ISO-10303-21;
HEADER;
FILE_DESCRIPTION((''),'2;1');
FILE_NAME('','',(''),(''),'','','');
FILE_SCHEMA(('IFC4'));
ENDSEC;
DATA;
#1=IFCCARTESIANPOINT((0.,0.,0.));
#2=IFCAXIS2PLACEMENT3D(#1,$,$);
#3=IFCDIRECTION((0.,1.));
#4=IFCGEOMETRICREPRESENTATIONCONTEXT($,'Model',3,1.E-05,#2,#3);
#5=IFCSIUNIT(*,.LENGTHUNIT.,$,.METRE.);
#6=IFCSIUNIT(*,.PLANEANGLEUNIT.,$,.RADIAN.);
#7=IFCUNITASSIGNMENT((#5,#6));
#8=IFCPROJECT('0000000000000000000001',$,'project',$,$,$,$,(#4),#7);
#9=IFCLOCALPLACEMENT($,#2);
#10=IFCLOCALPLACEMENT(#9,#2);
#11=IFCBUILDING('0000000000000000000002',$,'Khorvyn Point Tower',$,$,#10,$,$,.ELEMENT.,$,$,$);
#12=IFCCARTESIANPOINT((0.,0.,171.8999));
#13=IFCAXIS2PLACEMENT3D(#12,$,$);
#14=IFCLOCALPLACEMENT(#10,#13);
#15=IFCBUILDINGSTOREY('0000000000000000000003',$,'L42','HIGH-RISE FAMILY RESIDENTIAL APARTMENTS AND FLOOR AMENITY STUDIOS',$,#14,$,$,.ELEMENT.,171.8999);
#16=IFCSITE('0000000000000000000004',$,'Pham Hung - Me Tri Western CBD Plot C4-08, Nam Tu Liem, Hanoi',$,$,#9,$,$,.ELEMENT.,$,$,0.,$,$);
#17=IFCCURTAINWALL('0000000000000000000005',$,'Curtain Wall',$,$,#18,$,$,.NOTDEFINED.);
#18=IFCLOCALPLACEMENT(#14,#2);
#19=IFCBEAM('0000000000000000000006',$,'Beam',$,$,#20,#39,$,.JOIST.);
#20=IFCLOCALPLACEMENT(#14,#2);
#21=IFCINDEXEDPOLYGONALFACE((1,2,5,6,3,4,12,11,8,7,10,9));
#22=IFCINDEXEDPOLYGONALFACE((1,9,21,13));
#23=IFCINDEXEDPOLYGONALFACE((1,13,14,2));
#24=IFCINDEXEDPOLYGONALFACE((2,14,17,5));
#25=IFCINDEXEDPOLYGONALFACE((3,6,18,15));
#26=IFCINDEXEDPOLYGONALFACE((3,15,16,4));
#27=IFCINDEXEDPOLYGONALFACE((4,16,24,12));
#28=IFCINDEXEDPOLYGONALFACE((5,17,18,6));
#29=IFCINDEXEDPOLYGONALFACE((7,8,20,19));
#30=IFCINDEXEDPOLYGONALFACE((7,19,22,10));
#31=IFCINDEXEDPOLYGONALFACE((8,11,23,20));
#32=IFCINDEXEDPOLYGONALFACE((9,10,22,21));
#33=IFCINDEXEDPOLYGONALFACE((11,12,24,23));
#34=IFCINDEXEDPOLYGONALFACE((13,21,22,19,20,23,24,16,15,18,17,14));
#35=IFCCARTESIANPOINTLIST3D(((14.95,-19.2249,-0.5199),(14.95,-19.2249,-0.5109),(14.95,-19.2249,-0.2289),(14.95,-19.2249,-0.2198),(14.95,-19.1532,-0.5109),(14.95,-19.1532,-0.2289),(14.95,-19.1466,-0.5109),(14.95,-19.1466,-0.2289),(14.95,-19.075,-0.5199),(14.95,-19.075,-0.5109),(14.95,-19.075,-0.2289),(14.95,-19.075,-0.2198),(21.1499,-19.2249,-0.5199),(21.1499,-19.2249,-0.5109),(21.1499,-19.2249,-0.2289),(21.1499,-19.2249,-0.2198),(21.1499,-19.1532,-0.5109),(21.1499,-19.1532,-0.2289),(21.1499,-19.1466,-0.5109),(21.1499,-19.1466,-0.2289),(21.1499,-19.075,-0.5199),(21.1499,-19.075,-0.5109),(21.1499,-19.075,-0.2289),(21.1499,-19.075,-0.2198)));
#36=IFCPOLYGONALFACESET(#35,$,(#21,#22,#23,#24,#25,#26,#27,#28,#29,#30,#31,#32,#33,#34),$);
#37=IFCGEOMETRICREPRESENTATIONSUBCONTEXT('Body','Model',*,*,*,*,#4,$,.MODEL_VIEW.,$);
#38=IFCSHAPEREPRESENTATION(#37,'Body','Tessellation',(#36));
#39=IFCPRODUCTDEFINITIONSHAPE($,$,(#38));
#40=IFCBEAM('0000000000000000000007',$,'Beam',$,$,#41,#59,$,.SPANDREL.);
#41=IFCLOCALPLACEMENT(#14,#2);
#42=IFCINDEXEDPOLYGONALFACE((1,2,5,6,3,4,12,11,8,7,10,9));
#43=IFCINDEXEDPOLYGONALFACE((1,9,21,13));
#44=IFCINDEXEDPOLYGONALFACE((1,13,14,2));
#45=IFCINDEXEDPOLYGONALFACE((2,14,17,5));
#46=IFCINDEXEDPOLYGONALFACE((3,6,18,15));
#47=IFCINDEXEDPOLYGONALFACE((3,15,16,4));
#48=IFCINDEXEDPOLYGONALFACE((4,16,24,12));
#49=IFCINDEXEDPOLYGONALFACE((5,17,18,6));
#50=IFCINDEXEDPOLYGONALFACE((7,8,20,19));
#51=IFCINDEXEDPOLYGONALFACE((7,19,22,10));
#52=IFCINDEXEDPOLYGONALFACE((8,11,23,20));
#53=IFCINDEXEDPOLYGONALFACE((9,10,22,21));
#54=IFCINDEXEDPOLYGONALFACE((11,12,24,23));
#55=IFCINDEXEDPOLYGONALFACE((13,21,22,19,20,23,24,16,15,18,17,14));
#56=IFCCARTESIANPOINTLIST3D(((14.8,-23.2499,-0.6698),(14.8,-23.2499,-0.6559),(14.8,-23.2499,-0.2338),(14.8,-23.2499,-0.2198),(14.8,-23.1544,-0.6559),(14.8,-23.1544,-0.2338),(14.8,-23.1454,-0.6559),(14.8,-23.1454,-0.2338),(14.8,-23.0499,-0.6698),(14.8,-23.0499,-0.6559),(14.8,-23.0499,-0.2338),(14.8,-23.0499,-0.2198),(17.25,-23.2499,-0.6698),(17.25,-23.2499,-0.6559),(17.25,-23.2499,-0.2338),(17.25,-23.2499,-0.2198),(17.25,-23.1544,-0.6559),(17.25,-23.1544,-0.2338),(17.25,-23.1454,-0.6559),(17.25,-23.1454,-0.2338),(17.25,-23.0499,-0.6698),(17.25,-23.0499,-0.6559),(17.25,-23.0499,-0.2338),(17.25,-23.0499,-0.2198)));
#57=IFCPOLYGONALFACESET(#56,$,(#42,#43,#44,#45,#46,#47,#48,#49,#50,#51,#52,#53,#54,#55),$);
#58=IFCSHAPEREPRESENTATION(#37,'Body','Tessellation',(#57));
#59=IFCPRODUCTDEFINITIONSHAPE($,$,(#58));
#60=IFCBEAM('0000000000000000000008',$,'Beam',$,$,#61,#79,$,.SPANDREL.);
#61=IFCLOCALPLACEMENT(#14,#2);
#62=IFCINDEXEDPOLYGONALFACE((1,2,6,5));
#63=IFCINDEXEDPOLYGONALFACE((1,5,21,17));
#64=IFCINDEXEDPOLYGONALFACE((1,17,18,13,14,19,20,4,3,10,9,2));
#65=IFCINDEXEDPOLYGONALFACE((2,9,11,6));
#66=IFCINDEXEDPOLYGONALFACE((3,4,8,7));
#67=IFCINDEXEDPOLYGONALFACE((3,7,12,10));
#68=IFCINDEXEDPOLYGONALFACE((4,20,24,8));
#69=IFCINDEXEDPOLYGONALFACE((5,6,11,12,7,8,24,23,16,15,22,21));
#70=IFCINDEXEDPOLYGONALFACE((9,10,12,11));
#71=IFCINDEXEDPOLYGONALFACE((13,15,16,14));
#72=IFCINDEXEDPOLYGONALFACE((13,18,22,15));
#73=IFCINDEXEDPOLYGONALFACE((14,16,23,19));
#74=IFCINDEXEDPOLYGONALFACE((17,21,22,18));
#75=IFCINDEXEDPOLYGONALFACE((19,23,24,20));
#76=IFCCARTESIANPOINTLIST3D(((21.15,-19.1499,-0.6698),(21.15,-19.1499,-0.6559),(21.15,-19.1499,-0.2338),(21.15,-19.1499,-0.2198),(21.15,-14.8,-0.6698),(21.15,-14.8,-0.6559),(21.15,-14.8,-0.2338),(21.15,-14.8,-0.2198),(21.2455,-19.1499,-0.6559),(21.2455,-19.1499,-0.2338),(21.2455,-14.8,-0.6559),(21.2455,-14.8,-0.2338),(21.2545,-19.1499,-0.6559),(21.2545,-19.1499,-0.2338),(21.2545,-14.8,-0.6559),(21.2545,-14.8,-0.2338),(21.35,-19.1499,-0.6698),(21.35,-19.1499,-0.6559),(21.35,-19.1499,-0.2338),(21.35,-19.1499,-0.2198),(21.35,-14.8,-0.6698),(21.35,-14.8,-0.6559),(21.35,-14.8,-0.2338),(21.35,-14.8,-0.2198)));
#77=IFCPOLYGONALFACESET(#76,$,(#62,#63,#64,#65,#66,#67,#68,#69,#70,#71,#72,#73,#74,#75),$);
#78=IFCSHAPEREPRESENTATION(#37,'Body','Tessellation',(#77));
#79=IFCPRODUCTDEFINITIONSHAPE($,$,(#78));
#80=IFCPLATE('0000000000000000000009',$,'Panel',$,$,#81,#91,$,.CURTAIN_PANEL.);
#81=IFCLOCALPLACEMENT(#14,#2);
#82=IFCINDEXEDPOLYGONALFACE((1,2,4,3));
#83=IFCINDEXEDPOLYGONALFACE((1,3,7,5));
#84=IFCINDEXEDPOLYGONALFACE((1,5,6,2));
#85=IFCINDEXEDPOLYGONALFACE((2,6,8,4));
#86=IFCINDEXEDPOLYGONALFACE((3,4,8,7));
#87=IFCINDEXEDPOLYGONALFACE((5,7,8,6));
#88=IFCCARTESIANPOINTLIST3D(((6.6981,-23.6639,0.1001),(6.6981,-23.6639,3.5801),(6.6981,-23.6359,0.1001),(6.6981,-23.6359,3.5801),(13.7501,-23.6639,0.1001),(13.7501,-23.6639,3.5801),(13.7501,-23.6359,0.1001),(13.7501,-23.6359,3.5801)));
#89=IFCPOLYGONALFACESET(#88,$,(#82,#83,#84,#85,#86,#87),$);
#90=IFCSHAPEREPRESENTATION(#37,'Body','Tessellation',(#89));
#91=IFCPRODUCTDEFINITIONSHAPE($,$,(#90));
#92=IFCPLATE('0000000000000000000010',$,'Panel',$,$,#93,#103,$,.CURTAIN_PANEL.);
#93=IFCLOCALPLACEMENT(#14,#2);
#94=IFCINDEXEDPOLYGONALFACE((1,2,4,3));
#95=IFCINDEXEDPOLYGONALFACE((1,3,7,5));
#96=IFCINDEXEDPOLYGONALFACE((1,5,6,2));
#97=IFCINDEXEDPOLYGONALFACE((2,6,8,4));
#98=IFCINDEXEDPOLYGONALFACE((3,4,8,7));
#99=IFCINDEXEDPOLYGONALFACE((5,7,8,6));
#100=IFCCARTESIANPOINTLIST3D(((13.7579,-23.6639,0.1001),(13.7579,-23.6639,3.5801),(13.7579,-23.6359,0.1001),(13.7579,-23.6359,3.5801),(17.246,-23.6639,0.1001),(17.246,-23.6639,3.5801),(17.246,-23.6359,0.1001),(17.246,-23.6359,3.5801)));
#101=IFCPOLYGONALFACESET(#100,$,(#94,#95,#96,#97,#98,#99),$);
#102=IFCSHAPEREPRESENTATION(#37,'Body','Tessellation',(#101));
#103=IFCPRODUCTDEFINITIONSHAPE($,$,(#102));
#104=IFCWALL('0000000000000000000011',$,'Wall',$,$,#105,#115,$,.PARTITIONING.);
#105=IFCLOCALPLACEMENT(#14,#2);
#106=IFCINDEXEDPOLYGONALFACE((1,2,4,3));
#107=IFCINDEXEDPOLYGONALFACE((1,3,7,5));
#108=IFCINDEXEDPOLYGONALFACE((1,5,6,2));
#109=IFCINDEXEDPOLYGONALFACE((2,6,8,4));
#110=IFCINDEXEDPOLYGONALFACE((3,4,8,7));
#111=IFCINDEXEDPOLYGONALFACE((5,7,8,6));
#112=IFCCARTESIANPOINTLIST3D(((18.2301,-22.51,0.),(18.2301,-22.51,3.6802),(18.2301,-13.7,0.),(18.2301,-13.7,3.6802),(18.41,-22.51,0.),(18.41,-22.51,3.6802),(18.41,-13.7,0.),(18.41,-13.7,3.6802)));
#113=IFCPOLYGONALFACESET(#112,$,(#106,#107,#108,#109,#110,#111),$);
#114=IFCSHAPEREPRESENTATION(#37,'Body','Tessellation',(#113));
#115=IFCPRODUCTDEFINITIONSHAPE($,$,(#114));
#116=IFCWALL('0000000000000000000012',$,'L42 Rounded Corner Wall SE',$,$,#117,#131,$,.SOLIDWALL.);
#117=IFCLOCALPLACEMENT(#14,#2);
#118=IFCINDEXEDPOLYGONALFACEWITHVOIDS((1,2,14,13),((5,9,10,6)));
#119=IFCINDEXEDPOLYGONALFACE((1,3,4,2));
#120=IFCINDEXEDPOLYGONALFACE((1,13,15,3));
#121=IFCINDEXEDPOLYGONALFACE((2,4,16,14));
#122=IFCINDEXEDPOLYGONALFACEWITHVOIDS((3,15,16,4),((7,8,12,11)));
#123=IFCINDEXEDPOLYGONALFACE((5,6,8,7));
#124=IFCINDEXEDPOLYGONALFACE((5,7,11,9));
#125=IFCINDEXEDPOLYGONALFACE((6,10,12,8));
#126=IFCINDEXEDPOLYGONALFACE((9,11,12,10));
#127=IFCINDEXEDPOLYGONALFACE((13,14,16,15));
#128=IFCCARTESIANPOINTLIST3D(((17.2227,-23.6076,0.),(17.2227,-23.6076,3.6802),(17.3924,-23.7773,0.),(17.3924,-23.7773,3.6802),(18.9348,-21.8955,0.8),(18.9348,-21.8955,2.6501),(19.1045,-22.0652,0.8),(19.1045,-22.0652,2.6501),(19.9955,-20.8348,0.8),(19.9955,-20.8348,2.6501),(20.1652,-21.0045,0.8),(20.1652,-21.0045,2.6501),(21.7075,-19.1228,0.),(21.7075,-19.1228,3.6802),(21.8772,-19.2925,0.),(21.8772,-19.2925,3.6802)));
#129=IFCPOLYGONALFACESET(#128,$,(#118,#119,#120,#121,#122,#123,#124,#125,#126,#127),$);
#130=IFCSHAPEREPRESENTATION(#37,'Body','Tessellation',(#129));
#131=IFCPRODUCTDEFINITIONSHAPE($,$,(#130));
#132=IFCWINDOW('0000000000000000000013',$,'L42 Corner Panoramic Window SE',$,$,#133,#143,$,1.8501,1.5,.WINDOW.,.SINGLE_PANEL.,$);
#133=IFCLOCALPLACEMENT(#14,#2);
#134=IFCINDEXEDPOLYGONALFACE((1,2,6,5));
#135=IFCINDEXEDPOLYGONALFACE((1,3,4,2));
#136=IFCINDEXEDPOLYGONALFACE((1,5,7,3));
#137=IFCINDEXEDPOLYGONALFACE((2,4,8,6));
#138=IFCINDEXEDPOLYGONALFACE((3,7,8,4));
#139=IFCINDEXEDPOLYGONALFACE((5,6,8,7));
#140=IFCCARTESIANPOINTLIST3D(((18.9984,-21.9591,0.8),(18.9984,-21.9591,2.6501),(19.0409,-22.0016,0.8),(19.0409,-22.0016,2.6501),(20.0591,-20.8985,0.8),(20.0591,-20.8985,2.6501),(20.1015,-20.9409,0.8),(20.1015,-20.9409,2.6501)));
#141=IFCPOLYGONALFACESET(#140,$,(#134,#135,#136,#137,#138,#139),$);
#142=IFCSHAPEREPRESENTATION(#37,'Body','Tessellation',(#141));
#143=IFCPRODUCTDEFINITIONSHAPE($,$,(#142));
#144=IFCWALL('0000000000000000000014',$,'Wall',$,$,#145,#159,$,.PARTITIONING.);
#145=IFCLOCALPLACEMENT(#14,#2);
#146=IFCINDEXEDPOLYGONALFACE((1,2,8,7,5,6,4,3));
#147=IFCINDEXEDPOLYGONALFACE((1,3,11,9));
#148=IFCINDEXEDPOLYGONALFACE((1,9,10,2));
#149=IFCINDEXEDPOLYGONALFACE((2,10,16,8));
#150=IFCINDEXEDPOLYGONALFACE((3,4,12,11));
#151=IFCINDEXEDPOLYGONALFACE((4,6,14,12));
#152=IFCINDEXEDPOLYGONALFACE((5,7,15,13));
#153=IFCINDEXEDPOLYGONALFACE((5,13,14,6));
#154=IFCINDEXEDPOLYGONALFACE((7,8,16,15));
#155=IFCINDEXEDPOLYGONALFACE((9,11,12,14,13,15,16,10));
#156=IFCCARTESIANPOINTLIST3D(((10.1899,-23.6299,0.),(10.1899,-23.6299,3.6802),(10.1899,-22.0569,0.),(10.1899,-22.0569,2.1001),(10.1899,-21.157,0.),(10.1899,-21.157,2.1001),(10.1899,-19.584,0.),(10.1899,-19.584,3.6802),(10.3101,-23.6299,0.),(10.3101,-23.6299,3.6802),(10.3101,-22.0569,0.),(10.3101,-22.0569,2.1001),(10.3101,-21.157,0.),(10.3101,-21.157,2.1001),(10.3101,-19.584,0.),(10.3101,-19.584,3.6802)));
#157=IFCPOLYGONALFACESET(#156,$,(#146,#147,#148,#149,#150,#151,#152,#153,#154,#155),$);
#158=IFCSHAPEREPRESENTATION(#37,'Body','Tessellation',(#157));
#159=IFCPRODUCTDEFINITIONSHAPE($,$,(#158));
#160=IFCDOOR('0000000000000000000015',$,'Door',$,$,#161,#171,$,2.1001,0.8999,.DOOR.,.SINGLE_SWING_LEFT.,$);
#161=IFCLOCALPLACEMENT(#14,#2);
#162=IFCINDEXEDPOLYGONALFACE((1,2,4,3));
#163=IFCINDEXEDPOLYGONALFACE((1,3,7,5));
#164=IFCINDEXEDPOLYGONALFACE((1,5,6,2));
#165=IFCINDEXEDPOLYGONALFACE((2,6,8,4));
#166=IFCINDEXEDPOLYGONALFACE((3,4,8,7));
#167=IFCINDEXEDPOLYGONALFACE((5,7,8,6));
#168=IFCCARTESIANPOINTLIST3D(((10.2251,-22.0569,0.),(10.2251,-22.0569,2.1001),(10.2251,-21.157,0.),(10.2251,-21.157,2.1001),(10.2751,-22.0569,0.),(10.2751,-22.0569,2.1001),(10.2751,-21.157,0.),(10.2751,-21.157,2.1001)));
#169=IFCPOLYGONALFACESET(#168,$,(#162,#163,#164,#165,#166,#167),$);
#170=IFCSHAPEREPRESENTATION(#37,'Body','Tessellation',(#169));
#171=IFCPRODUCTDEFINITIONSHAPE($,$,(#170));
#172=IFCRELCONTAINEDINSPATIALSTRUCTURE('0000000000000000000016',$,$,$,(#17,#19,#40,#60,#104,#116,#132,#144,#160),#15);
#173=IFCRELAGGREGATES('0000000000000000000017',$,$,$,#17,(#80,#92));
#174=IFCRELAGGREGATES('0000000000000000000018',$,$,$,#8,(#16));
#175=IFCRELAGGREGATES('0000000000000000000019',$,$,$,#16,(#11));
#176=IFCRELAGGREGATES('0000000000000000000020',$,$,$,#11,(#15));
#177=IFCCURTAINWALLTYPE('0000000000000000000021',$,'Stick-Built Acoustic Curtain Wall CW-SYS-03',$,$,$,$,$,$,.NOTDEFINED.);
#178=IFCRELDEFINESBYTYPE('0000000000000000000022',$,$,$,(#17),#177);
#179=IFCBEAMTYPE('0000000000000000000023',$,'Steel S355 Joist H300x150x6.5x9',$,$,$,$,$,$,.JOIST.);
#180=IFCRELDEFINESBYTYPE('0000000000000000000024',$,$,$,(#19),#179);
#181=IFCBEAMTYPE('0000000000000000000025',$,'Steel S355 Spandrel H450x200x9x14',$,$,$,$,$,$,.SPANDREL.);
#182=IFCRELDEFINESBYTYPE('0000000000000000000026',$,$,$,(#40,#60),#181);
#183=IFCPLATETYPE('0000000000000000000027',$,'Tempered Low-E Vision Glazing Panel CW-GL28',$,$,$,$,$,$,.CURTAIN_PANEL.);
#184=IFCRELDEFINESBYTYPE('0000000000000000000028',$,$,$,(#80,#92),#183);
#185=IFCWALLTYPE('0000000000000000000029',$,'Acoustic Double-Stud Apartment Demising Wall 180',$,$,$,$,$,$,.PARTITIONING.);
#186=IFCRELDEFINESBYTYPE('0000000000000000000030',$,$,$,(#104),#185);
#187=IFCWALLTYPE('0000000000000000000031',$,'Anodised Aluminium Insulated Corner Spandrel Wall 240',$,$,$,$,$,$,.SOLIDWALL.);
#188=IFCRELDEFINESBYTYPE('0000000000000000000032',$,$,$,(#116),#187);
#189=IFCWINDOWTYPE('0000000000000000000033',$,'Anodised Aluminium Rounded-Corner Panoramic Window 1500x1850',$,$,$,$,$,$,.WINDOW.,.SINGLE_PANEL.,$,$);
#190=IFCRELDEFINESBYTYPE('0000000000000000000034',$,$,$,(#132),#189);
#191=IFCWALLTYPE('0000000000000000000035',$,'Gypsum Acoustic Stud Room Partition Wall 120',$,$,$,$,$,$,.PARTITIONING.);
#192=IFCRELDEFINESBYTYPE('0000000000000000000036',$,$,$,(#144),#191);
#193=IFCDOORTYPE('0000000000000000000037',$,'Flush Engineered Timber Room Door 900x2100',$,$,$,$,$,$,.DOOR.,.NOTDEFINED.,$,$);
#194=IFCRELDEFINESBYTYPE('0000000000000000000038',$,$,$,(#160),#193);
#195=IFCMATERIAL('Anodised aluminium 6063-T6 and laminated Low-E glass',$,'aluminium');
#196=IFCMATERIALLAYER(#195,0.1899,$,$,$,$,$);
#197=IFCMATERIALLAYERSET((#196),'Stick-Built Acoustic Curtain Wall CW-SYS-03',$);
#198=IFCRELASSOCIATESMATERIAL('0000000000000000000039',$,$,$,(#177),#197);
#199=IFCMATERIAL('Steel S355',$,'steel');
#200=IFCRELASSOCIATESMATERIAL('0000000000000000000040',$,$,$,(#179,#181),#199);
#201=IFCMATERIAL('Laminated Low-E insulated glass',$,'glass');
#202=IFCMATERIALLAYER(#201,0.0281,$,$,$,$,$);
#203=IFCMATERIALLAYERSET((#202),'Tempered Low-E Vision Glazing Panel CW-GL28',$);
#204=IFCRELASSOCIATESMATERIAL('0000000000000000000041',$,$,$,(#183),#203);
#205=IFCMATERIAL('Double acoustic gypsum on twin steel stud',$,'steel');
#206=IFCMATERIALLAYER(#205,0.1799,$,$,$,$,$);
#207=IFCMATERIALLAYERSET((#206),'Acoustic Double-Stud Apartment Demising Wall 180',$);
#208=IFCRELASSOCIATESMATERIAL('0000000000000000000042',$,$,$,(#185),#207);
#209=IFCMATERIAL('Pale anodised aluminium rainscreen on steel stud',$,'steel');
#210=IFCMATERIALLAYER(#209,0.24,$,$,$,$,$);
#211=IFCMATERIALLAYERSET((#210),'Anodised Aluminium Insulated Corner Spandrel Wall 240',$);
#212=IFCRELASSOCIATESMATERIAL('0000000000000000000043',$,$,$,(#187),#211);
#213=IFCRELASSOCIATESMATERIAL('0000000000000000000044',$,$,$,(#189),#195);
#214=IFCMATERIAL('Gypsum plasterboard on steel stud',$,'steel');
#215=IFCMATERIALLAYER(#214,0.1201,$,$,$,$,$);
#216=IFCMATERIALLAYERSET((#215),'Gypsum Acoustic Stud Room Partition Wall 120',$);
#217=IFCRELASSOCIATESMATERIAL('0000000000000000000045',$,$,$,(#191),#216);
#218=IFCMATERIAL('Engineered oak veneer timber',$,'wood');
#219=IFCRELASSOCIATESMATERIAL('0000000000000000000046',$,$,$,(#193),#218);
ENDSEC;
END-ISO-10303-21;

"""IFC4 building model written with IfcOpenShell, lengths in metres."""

from ifc_helpers import new_model, si_unit, direction, frame, frame_2d, origin, origin_2d, place, context, subcontext, project, spatial, rectangle, i_section, extrude, material, layer, layer_set, material_profile, profile_set, type_object, element, fill, aggregate, save


model = new_model("IFC4")

# Units and contexts
model_context = context("Model", 3, precision=1e-05, world=origin(), true_north=direction((0.0, 1.0)))
body_context = subcontext(model_context, "Body", "Model", "MODEL_VIEW")
ifc_project = project(units=[si_unit("LENGTHUNIT", "METRE"), si_unit("PLANEANGLEUNIT", "RADIAN")], contexts=[model_context])

# Site, building, storey
site_placement = place(None, origin())
site = spatial("IfcSite", under=ifc_project, at=site_placement, Name="Pham Hung - Me Tri Western CBD Plot C4-08, Nam Tu Liem, Hanoi", CompositionType="ELEMENT", RefElevation=0.0)
building_placement = place(site_placement, origin())
building = spatial("IfcBuilding", under=site, at=building_placement, Name="Khorvyn Point Tower", CompositionType="ELEMENT")
storey_placement = place(building_placement, frame((0.0, 0.0, 171.8999)))
storey = spatial("IfcBuildingStorey", under=building, at=storey_placement, Name="L42", Description="HIGH-RISE FAMILY RESIDENTIAL APARTMENTS AND FLOOR AMENITY STUDIOS", CompositionType="ELEMENT", Elevation=171.8999)

# Curtain wall
ifc_material_1 = material(Name="Anodised aluminium 6063-T6 and laminated Low-E glass", Category="aluminium")
ifc_layer_1 = layer(ifc_material_1, 0.1899)
ifc_layer_set_1 = layer_set([ifc_layer_1], Name="Stick-Built Acoustic Curtain Wall CW-SYS-03")
curtain_wall_type = type_object("IfcCurtainWallType", Name="Stick-Built Acoustic Curtain Wall CW-SYS-03", PredefinedType="NOTDEFINED", material=ifc_layer_set_1)
curtain_wall_1_placement = place(storey_placement, origin())
curtain_wall_1 = element("IfcCurtainWall", 1, at=curtain_wall_1_placement, inside=storey, type_object=curtain_wall_type, Name="Curtain Wall", PredefinedType="NOTDEFINED")

# Beams
ifc_material_2 = material(Name="Steel S355", Category="steel")
ifc_material_profile_1 = material_profile(ifc_material_2, i_section(OverallWidth=0.1499, OverallDepth=0.3, WebThickness=0.0066, FlangeThickness=0.009, at=origin_2d()))
ifc_profile_set_1 = profile_set([ifc_material_profile_1], Name="Steel S355 H300x150x6.5x9")
beam_type_1 = type_object("IfcBeamType", Name="Steel S355 Joist H300x150x6.5x9", PredefinedType="JOIST", material=ifc_profile_set_1)
beam_1_placement = place(storey_placement, frame((14.95, -19.1499, -0.3699), z_axis=(1.0, 0.0, 0.0), x_axis=(0.0, 1.0, 0.0)))
element("IfcBeam", 2, at=beam_1_placement, inside=storey, type_object=beam_type_1, Name="Beam", PredefinedType="JOIST", context=body_context, shape_type="SweptSolid", body=[
    extrude(i_section(OverallWidth=0.1499, OverallDepth=0.3, WebThickness=0.0066, FlangeThickness=0.009, at=origin_2d()), origin(), (0.0, 0.0, 1.0), 6.2),
])
ifc_material_profile_2 = material_profile(ifc_material_2, i_section(OverallWidth=0.2, OverallDepth=0.45, WebThickness=0.009, FlangeThickness=0.0139, at=origin_2d()))
ifc_profile_set_2 = profile_set([ifc_material_profile_2], Name="Steel S355 H450x200x9x14")
beam_type_2 = type_object("IfcBeamType", Name="Steel S355 Spandrel H450x200x9x14", PredefinedType="SPANDREL", material=ifc_profile_set_2)
beam_2_placement = place(storey_placement, frame((14.8, -23.1499, -0.4448), z_axis=(1.0, 0.0, 0.0), x_axis=(0.0, 1.0, 0.0)))
element("IfcBeam", 3, at=beam_2_placement, inside=storey, type_object=beam_type_2, Name="Beam", PredefinedType="SPANDREL", context=body_context, shape_type="SweptSolid", body=[
    extrude(i_section(OverallWidth=0.2, OverallDepth=0.45, WebThickness=0.009, FlangeThickness=0.0139, at=origin_2d()), origin(), (0.0, 0.0, 1.0), 2.45),
])
beam_3_placement = place(storey_placement, frame((21.25, -19.1499, -0.4448), z_axis=(0.0, 1.0, 0.0), x_axis=(-1.0, 0.0, 0.0)))
element("IfcBeam", 4, at=beam_3_placement, inside=storey, type_object=beam_type_2, Name="Beam", PredefinedType="SPANDREL", context=body_context, shape_type="SweptSolid", body=[
    extrude(i_section(OverallWidth=0.2, OverallDepth=0.45, WebThickness=0.009, FlangeThickness=0.0139, at=origin_2d()), origin(), (0.0, 0.0, 1.0), 4.3499),
])

# Plates
ifc_material_3 = material(Name="Laminated Low-E insulated glass", Category="glass")
ifc_layer_2 = layer(ifc_material_3, 0.0281)
ifc_layer_set_2 = layer_set([ifc_layer_2], Name="Tempered Low-E Vision Glazing Panel CW-GL28")
plate_type = type_object("IfcPlateType", Name="Tempered Low-E Vision Glazing Panel CW-GL28", PredefinedType="CURTAIN_PANEL", material=ifc_layer_set_2)
plate_1_placement = place(storey_placement, frame((10.2241, -23.6499, 0.1001), z_axis=(0.0, 0.0, 1.0), x_axis=(-1.0, 0.0, 0.0)))
plate_1 = element("IfcPlate", 5, at=plate_1_placement, type_object=plate_type, Name="Panel", PredefinedType="CURTAIN_PANEL", context=body_context, shape_type="SweptSolid", body=[
    extrude(rectangle(XDim=7.052, YDim=0.0281, at=origin_2d()), origin(), (0.0, 0.0, 1.0), 3.48),
])
plate_2_placement = place(storey_placement, frame((15.502, -23.6499, 0.1001), z_axis=(0.0, 0.0, 1.0), x_axis=(-1.0, 0.0, 0.0)))
plate_2 = element("IfcPlate", 6, at=plate_2_placement, type_object=plate_type, Name="Panel", PredefinedType="CURTAIN_PANEL", context=body_context, shape_type="SweptSolid", body=[
    extrude(rectangle(XDim=3.488, YDim=0.0281, at=origin_2d()), origin(), (0.0, 0.0, 1.0), 3.48),
])
aggregate(curtain_wall_1, [plate_1, plate_2])

# Wall
ifc_material_4 = material(Name="Double acoustic gypsum on twin steel stud", Category="steel")
ifc_layer_3 = layer(ifc_material_4, 0.1799)
ifc_layer_set_3 = layer_set([ifc_layer_3], Name="Acoustic Double-Stud Apartment Demising Wall 180")
wall_type_1 = type_object("IfcWallType", Name="Acoustic Double-Stud Apartment Demising Wall 180", PredefinedType="PARTITIONING", material=ifc_layer_set_3)
wall_1_placement = place(storey_placement, frame((18.3201, -22.51, 0.0), z_axis=(0.0, 0.0, 1.0), x_axis=(0.0, 1.0, 0.0)))
element("IfcWall", 7, at=wall_1_placement, inside=storey, type_object=wall_type_1, Name="Wall", PredefinedType="PARTITIONING", context=body_context, shape_type="SweptSolid", body=[
    extrude(rectangle(XDim=8.8101, YDim=0.1799, at=frame_2d((4.405, 0.0))), origin(), (0.0, 0.0, 1.0), 3.6802),
])

# Wall, opening, window
ifc_material_5 = material(Name="Pale anodised aluminium rainscreen on steel stud", Category="steel")
ifc_layer_4 = layer(ifc_material_5, 0.24)
ifc_layer_set_4 = layer_set([ifc_layer_4], Name="Anodised Aluminium Insulated Corner Spandrel Wall 240")
wall_type_2 = type_object("IfcWallType", Name="Anodised Aluminium Insulated Corner Spandrel Wall 240", PredefinedType="SOLIDWALL", material=ifc_layer_set_4)
wall_2_placement = place(storey_placement, frame((21.7925, -19.2075, 0.0), z_axis=(0.0, 0.0, 1.0), x_axis=(-0.707107, -0.707107, 0.0)))
wall_2 = element("IfcWall", 8, at=wall_2_placement, inside=storey, type_object=wall_type_2, Name="L42 Rounded Corner Wall SE", PredefinedType="SOLIDWALL", context=body_context, shape_type="SweptSolid", body=[
    extrude(rectangle(XDim=6.3425, YDim=0.24, at=frame_2d((3.1714, 0.0))), origin(), (0.0, 0.0, 1.0), 3.6802),
])
opening_1_placement = place(wall_2_placement, frame((2.4214, 0.0, 0.8)))
opening_1 = element("IfcOpeningElement", 9, at=opening_1_placement, cuts=wall_2, PredefinedType="OPENING", context=body_context, shape_type="SweptSolid", body=[
    extrude(rectangle(XDim=1.5, YDim=1.8501, at=frame_2d((0.75, 0.925))), frame((0.0, 0.1299, 0.0), z_axis=(0.0, -1.0, 0.0), x_axis=(1.0, 0.0, 0.0)), (0.0, 0.0, 1.0), 0.26),
])
window_type = type_object("IfcWindowType", Name="Anodised Aluminium Rounded-Corner Panoramic Window 1500x1850", PartitioningType="SINGLE_PANEL", PredefinedType="WINDOW", material=ifc_material_1)
window_placement = place(opening_1_placement, origin())
window = element("IfcWindow", 10, at=window_placement, inside=storey, type_object=window_type, Name="L42 Corner Panoramic Window SE", OverallHeight=1.8501, OverallWidth=1.5, PartitioningType="SINGLE_PANEL", PredefinedType="WINDOW", context=body_context, shape_type="SweptSolid", body=[
    extrude(rectangle(XDim=1.5, YDim=1.8501, at=frame_2d((0.75, 0.925))), frame((0.0, 0.03, 0.0), z_axis=(0.0, -1.0, 0.0), x_axis=(1.0, 0.0, 0.0)), (0.0, 0.0, 1.0), 0.0601),
])
fill(opening_1, window)

# Wall, opening, door
ifc_material_6 = material(Name="Gypsum plasterboard on steel stud", Category="steel")
ifc_layer_5 = layer(ifc_material_6, 0.1201)
ifc_layer_set_5 = layer_set([ifc_layer_5], Name="Gypsum Acoustic Stud Room Partition Wall 120")
wall_type_3 = type_object("IfcWallType", Name="Gypsum Acoustic Stud Room Partition Wall 120", PredefinedType="PARTITIONING", material=ifc_layer_set_5)
wall_3_placement = place(storey_placement, frame((10.25, -23.6299, 0.0), z_axis=(0.0, 0.0, 1.0), x_axis=(0.0, 1.0, 0.0)))
wall_3 = element("IfcWall", 11, at=wall_3_placement, inside=storey, type_object=wall_type_3, Name="Wall", PredefinedType="PARTITIONING", context=body_context, shape_type="SweptSolid", body=[
    extrude(rectangle(XDim=4.0459, YDim=0.1201, at=frame_2d((2.0229, 0.0))), origin(), (0.0, 0.0, 1.0), 3.6802),
])
opening_2_placement = place(wall_3_placement, frame((1.573, 0.0, 0.0)))
opening_2 = element("IfcOpeningElement", 12, at=opening_2_placement, cuts=wall_3, PredefinedType="OPENING", context=body_context, shape_type="SweptSolid", body=[
    extrude(rectangle(XDim=0.8999, YDim=2.1001, at=frame_2d((0.45, 1.05))), frame((0.0, 0.0701, 0.0), z_axis=(0.0, -1.0, 0.0), x_axis=(1.0, 0.0, 0.0)), (0.0, 0.0, 1.0), 0.1401),
])
ifc_material_7 = material(Name="Engineered oak veneer timber", Category="wood")
door_type_1 = type_object("IfcDoorType", Name="Flush Engineered Timber Room Door 900x2100", OperationType="NOTDEFINED", PredefinedType="DOOR", material=ifc_material_7)
door_1_placement = place(opening_2_placement, origin())
door_1 = element("IfcDoor", 13, at=door_1_placement, inside=storey, type_object=door_type_1, Name="Door", OperationType="SINGLE_SWING_LEFT", OverallHeight=2.1001, OverallWidth=0.8999, PredefinedType="DOOR", context=body_context, shape_type="SweptSolid", body=[
    extrude(rectangle(XDim=0.8999, YDim=2.1001, at=frame_2d((0.45, 1.05))), frame((0.0, 0.0249, 0.0), z_axis=(0.0, -1.0, 0.0), x_axis=(1.0, 0.0, 0.0)), (0.0, 0.0, 1.0), 0.05),
])
fill(opening_2, door_1)

save(model, "model.ifc")
